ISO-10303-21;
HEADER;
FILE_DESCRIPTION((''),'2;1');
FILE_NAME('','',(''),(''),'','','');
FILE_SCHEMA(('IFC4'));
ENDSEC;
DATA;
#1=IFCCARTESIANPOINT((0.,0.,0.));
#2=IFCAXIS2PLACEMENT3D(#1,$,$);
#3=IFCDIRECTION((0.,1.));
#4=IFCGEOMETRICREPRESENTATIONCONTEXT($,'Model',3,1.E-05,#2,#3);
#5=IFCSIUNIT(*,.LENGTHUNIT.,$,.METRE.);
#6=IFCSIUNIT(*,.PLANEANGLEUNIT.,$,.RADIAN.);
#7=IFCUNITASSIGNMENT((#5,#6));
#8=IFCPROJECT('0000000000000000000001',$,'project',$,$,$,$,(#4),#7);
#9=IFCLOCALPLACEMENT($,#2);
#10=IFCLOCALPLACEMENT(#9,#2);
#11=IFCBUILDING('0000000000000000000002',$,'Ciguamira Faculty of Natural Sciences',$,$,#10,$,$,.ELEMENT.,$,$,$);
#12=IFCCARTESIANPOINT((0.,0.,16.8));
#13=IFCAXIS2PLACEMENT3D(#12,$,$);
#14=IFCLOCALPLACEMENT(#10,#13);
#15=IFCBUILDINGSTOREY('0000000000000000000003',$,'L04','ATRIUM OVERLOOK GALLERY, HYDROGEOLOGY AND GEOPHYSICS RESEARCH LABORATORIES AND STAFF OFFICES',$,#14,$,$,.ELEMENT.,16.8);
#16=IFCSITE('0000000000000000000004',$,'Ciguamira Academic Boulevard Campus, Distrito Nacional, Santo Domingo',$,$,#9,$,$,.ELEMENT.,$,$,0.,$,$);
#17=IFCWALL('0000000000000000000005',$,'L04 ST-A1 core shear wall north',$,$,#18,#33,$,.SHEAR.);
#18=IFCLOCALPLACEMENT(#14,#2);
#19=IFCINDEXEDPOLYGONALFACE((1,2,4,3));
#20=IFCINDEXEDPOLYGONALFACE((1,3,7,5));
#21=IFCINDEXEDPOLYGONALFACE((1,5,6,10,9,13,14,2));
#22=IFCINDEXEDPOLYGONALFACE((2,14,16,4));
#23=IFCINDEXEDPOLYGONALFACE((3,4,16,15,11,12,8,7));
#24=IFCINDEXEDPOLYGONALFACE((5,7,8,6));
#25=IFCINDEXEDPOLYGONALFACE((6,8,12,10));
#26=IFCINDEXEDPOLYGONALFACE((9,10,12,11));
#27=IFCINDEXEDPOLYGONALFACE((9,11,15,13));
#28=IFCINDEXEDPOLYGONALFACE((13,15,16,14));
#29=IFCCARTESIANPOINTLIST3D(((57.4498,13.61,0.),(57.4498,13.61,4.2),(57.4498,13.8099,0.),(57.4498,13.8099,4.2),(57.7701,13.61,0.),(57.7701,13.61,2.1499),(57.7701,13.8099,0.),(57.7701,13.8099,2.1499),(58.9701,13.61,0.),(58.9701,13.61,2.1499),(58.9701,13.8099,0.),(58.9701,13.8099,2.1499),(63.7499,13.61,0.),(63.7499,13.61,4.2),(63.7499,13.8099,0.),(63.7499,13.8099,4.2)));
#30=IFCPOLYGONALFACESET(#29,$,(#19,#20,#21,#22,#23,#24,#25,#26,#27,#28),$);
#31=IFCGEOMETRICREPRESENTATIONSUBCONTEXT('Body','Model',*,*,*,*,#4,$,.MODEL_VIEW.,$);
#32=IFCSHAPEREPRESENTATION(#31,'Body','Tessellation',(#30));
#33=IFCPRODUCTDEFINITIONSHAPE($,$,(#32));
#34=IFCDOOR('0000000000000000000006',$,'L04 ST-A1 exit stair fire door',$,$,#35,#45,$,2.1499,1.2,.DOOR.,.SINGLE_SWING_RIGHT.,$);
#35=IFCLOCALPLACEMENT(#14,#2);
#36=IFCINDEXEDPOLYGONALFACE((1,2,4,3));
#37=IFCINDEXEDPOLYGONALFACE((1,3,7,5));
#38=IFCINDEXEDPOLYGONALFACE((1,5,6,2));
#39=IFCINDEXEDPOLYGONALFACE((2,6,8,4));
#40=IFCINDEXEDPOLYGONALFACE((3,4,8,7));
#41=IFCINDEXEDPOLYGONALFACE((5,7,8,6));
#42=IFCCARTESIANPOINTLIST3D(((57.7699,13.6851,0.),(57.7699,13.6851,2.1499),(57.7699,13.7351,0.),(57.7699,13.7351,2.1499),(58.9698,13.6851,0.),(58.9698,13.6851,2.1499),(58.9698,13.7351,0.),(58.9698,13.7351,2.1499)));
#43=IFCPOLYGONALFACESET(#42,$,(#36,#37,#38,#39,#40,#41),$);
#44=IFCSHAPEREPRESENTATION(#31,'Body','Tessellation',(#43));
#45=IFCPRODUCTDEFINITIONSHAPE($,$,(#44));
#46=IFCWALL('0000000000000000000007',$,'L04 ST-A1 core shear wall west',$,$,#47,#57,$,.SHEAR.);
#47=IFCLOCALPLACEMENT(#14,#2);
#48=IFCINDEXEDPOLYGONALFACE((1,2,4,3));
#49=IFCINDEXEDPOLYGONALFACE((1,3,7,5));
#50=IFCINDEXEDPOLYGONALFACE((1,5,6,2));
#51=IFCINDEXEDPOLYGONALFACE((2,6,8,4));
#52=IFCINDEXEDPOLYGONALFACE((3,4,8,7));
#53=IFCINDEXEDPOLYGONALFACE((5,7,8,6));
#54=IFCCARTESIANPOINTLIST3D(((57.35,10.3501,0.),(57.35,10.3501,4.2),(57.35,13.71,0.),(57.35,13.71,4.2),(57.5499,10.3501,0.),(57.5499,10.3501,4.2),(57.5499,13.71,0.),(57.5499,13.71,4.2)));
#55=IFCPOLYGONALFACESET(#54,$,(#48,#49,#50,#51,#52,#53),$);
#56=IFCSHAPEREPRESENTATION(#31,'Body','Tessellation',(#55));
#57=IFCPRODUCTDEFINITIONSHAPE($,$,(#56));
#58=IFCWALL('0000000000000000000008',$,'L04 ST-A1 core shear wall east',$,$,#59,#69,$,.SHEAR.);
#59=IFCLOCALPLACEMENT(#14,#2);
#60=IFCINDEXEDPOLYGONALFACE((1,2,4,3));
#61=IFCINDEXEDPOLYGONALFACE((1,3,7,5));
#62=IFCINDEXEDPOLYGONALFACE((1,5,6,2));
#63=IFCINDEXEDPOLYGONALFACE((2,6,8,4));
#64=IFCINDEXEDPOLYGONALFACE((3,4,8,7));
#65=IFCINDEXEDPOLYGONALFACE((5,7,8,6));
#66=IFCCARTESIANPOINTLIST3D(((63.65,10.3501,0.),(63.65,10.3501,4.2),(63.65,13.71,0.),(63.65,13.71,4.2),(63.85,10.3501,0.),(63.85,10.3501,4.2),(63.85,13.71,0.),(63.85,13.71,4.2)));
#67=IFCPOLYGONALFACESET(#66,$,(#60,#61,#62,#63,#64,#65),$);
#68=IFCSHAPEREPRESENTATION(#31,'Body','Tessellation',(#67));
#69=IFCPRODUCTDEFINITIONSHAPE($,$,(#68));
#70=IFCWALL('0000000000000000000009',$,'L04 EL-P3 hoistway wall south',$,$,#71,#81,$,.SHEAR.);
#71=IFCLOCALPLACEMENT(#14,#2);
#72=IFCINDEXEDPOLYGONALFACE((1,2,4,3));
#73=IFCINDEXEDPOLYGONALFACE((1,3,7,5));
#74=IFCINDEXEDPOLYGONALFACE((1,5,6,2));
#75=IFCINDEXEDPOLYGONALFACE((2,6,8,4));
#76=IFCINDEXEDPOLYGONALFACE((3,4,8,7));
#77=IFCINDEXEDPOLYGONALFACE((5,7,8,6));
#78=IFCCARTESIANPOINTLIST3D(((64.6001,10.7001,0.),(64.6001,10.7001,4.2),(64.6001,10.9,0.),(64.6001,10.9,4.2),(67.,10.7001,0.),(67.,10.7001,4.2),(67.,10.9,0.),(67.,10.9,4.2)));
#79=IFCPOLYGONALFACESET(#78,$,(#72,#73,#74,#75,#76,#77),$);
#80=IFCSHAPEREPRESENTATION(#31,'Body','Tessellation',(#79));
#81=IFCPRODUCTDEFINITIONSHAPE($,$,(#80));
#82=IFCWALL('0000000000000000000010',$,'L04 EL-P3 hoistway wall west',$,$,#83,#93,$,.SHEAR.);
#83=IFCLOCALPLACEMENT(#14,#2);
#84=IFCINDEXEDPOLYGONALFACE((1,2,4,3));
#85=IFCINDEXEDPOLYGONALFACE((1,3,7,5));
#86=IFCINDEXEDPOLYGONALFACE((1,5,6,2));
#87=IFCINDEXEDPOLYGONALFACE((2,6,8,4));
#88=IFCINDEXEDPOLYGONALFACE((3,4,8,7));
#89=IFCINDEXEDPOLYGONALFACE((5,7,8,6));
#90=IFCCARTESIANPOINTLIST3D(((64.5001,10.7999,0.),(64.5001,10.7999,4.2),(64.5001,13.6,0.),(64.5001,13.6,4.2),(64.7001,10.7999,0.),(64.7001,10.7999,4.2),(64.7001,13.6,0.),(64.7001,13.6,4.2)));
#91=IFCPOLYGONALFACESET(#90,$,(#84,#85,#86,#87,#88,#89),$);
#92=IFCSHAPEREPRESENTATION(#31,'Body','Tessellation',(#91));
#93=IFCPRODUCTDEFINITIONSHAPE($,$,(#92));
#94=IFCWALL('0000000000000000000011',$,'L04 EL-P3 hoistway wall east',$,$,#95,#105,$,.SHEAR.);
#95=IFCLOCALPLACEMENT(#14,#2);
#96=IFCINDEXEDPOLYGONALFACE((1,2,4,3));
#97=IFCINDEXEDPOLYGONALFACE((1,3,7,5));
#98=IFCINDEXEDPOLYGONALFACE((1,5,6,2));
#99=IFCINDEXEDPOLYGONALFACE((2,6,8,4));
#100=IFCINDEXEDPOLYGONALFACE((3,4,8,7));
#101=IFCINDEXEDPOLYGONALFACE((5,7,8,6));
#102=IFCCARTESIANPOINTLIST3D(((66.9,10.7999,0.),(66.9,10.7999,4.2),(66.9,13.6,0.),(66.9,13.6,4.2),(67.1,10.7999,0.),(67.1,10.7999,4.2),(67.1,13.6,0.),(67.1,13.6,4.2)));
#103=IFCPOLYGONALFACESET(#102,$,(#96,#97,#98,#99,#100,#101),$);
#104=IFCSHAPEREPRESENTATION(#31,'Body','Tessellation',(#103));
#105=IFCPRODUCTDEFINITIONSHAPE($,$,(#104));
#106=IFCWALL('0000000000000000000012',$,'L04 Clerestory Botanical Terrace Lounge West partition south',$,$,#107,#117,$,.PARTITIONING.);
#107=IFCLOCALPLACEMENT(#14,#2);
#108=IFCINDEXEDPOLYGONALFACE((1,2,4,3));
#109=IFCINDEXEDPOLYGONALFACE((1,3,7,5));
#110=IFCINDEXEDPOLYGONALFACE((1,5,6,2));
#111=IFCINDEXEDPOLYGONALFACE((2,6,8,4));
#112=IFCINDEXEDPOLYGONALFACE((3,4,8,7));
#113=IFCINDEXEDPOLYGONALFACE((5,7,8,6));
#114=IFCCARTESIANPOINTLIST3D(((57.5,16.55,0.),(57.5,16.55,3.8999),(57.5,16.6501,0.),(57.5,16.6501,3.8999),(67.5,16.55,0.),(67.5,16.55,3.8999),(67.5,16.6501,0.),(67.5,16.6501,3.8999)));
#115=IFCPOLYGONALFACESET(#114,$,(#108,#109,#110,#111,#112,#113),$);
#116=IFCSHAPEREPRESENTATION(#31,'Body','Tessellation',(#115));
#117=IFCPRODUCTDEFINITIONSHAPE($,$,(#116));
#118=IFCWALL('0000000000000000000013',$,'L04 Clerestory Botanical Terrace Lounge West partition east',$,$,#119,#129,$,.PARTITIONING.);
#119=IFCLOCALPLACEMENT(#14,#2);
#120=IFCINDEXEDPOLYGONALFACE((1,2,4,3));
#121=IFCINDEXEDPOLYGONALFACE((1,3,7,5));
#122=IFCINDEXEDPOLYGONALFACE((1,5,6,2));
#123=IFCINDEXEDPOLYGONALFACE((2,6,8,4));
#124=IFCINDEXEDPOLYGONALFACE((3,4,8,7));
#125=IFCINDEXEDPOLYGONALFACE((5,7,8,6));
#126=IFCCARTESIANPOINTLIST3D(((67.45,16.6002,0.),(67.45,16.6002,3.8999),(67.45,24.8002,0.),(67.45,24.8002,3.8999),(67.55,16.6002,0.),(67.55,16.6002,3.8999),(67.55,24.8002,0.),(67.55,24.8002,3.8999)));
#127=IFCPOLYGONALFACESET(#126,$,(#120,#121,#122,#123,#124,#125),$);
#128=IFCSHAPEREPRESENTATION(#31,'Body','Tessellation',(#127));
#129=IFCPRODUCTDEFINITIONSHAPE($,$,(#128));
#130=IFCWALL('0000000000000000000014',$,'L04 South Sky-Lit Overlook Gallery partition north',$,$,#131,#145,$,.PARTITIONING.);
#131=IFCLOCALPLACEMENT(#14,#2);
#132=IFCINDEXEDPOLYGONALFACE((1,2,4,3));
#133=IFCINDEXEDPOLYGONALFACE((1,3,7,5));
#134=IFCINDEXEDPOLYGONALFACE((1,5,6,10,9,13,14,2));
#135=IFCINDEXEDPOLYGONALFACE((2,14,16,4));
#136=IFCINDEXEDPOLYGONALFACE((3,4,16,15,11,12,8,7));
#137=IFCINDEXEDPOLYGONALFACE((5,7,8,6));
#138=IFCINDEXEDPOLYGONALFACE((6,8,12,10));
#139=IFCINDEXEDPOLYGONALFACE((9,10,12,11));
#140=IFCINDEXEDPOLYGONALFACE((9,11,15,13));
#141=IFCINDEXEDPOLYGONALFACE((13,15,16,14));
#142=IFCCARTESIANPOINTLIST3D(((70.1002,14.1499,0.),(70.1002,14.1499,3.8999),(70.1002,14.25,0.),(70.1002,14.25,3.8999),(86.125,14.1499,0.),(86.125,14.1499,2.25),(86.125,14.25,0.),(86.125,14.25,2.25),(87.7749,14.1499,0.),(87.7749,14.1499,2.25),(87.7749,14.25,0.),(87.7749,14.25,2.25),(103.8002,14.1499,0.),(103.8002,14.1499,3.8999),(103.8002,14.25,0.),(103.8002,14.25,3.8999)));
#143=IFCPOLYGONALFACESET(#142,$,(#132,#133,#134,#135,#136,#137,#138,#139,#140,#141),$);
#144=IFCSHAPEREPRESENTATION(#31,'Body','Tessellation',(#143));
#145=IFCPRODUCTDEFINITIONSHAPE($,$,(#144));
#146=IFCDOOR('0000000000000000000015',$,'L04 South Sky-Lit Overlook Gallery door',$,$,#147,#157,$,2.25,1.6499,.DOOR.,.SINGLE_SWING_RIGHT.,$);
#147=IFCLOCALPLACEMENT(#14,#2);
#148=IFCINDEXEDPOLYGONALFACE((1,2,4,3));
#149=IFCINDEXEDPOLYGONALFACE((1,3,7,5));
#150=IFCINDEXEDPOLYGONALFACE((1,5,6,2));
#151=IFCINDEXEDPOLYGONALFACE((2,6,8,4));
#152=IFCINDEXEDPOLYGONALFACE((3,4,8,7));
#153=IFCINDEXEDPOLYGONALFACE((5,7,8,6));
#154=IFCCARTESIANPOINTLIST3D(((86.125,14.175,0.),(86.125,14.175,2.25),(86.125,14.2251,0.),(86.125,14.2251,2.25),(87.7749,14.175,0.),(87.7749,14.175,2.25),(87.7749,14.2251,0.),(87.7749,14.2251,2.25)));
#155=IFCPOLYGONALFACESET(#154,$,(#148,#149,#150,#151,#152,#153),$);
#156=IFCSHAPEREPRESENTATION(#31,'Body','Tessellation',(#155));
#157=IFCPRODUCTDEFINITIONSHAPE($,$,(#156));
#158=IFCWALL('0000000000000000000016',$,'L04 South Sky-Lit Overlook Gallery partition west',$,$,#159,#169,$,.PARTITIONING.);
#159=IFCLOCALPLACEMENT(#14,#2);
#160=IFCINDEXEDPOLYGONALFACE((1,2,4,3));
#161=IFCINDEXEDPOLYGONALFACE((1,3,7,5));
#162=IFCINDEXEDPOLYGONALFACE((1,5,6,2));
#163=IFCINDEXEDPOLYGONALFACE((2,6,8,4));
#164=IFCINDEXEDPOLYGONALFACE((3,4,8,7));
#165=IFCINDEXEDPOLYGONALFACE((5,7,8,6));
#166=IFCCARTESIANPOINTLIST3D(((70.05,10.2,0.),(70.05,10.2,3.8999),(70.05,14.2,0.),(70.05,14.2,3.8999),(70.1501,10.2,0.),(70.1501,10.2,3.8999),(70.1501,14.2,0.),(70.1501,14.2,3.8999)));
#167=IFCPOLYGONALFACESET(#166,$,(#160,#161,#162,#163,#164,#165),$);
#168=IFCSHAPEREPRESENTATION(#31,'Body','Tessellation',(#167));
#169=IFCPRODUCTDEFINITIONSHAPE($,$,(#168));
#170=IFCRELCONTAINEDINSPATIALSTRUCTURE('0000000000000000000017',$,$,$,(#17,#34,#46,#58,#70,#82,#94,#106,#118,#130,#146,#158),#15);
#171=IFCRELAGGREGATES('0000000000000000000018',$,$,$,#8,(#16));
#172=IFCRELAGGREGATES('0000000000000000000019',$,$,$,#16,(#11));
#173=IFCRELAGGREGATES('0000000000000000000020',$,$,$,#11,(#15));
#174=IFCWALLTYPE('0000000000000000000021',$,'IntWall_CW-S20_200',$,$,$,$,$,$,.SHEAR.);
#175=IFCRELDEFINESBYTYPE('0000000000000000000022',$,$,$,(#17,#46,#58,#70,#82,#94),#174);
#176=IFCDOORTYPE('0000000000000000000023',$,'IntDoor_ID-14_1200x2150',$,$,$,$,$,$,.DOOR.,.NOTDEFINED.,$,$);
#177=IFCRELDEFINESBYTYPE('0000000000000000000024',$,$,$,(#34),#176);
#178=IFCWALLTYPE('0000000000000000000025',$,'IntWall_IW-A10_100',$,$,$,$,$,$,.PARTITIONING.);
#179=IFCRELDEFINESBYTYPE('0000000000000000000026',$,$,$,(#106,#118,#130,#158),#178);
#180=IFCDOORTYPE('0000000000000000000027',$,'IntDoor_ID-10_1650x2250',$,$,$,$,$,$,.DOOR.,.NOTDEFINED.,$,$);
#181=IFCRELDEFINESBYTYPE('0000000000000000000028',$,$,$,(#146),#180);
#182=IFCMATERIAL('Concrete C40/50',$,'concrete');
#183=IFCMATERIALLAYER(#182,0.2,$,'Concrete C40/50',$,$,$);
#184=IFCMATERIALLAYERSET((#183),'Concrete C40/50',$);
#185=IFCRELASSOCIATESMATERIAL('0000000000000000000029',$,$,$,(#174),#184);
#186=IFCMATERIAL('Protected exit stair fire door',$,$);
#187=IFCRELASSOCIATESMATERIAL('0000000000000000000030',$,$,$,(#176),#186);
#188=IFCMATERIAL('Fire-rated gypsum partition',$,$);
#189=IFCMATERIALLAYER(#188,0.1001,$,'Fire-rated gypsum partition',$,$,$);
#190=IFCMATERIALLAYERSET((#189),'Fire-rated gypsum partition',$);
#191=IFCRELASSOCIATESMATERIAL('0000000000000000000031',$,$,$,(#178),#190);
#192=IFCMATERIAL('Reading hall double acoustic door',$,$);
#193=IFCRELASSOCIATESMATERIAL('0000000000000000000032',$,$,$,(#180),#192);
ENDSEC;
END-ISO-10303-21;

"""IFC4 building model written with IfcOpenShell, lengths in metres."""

from ifc_helpers import new_model, si_unit, direction, frame, frame_2d, origin, place, context, subcontext, project, spatial, rectangle, extrude, material, layer, layer_set, type_object, element, fill, save


model = new_model("IFC4")

# Units and contexts
model_context = context("Model", 3, precision=1e-05, world=origin(), true_north=direction((0.0, 1.0)))
body_context = subcontext(model_context, "Body", "Model", "MODEL_VIEW")
ifc_project = project(units=[si_unit("LENGTHUNIT", "METRE"), si_unit("PLANEANGLEUNIT", "RADIAN")], contexts=[model_context])

# Site, building, storey
site_placement = place(None, origin())
site = spatial("IfcSite", under=ifc_project, at=site_placement, Name="Ciguamira Academic Boulevard Campus, Distrito Nacional, Santo Domingo", CompositionType="ELEMENT", RefElevation=0.0)
building_placement = place(site_placement, origin())
building = spatial("IfcBuilding", under=site, at=building_placement, Name="Ciguamira Faculty of Natural Sciences", CompositionType="ELEMENT")
storey_placement = place(building_placement, frame((0.0, 0.0, 16.8)))
storey = spatial("IfcBuildingStorey", under=building, at=storey_placement, Name="L04", Description="ATRIUM OVERLOOK GALLERY, HYDROGEOLOGY AND GEOPHYSICS RESEARCH LABORATORIES AND STAFF OFFICES", CompositionType="ELEMENT", Elevation=16.8)

# Shared definitions
ifc_material_1 = material(Name="Concrete C40/50", Category="concrete")

# Shared definitions
ifc_layer_1 = layer(ifc_material_1, 0.2, Name="Concrete C40/50")
ifc_layer_set_1 = layer_set([ifc_layer_1], Name="Concrete C40/50")
wall_type_1 = type_object("IfcWallType", Name="IntWall_CW-S20_200", PredefinedType="SHEAR", material=ifc_layer_set_1)

# Wall, opening, door
wall_1_placement = place(storey_placement, frame((57.45, 13.71, 0.0), z_axis=(0.0, 0.0, 1.0), x_axis=(1.0, 0.0, 0.0)))
wall_1 = element("IfcWall", 1, at=wall_1_placement, inside=storey, type_object=wall_type_1, Name="L04 ST-A1 core shear wall north", PredefinedType="SHEAR", context=body_context, shape_type="SweptSolid", body=[
    extrude(rectangle(XDim=6.3, YDim=0.2, at=frame_2d((3.1499, 0.0))), origin(), (0.0, 0.0, 1.0), 4.2),
])
opening_1_placement = place(wall_1_placement, frame((0.3201, 0.0, 0.0)))
opening_1 = element("IfcOpeningElement", 2, at=opening_1_placement, cuts=wall_1, PredefinedType="OPENING", context=body_context, shape_type="SweptSolid", body=[
    extrude(rectangle(XDim=1.2, YDim=2.1499, at=frame_2d((0.6001, 1.075))), frame((0.0, 0.1099, 0.0), z_axis=(0.0, -1.0, 0.0), x_axis=(1.0, 0.0, 0.0)), (0.0, 0.0, 1.0), 0.22),
])
ifc_material_2 = material(Name="Protected exit stair fire door")
door_type_1 = type_object("IfcDoorType", Name="IntDoor_ID-14_1200x2150", OperationType="NOTDEFINED", PredefinedType="DOOR", material=ifc_material_2)
door_1_placement = place(opening_1_placement, frame((1.2, 0.0, 0.0), z_axis=(0.0, 0.0, 1.0), x_axis=(-1.0, 0.0, 0.0)))
door_1 = element("IfcDoor", 3, at=door_1_placement, inside=storey, type_object=door_type_1, Name="L04 ST-A1 exit stair fire door", OperationType="SINGLE_SWING_RIGHT", OverallHeight=2.1499, OverallWidth=1.2, PredefinedType="DOOR", context=body_context, shape_type="SweptSolid", body=[
    extrude(rectangle(XDim=1.2, YDim=2.1499, at=frame_2d((0.6001, 1.075))), frame((0.0, 0.0249, 0.0), z_axis=(0.0, -1.0, 0.0), x_axis=(1.0, 0.0, 0.0)), (0.0, 0.0, 1.0), 0.05),
])
fill(opening_1, door_1)

# Walls
for number, where, z_axis, x_axis, name in (
    (4, (57.45, 10.3501, 0.0), (0.0, 0.0, 1.0), (0.0, 1.0, 0.0), "L04 ST-A1 core shear wall west"),
    (5, (63.75, 10.3501, 0.0), (0.0, 0.0, 1.0), (0.0, 1.0, 0.0), "L04 ST-A1 core shear wall east"),
):
    element("IfcWall", number, at=place(storey_placement, frame(where, z_axis=z_axis, x_axis=x_axis)), inside=storey, type_object=wall_type_1, Name=name, PredefinedType="SHEAR", context=body_context, shape_type="SweptSolid", body=[
        extrude(rectangle(XDim=3.3599, YDim=0.2, at=frame_2d((1.6799, 0.0))), origin(), (0.0, 0.0, 1.0), 4.2),
    ])
wall_2_placement = place(storey_placement, frame((64.6001, 10.8, 0.0), z_axis=(0.0, 0.0, 1.0), x_axis=(1.0, 0.0, 0.0)))
element("IfcWall", 6, at=wall_2_placement, inside=storey, type_object=wall_type_1, Name="L04 EL-P3 hoistway wall south", PredefinedType="SHEAR", context=body_context, shape_type="SweptSolid", body=[
    extrude(rectangle(XDim=2.3999, YDim=0.2, at=frame_2d((1.2, 0.0))), origin(), (0.0, 0.0, 1.0), 4.2),
])

# Walls
for number, where, z_axis, x_axis, name in (
    (7, (64.6001, 10.8, 0.0), (0.0, 0.0, 1.0), (0.0, 1.0, 0.0), "L04 EL-P3 hoistway wall west"),
    (8, (67.0, 10.8, 0.0), (0.0, 0.0, 1.0), (0.0, 1.0, 0.0), "L04 EL-P3 hoistway wall east"),
):
    element("IfcWall", number, at=place(storey_placement, frame(where, z_axis=z_axis, x_axis=x_axis)), inside=storey, type_object=wall_type_1, Name=name, PredefinedType="SHEAR", context=body_context, shape_type="SweptSolid", body=[
        extrude(rectangle(XDim=2.8, YDim=0.2, at=frame_2d((1.3999, 0.0))), origin(), (0.0, 0.0, 1.0), 4.2),
    ])
ifc_material_3 = material(Name="Fire-rated gypsum partition")
ifc_layer_2 = layer(ifc_material_3, 0.1001, Name="Fire-rated gypsum partition")
ifc_layer_set_2 = layer_set([ifc_layer_2], Name="Fire-rated gypsum partition")
wall_type_2 = type_object("IfcWallType", Name="IntWall_IW-A10_100", PredefinedType="PARTITIONING", material=ifc_layer_set_2)
wall_3_placement = place(storey_placement, frame((57.5, 16.6001, 0.0), z_axis=(0.0, 0.0, 1.0), x_axis=(1.0, 0.0, 0.0)))
element("IfcWall", 9, at=wall_3_placement, inside=storey, type_object=wall_type_2, Name="L04 Clerestory Botanical Terrace Lounge West partition south", PredefinedType="PARTITIONING", context=body_context, shape_type="SweptSolid", body=[
    extrude(rectangle(XDim=10.0, YDim=0.1001, at=frame_2d((5.0, 0.0))), origin(), (0.0, 0.0, 1.0), 3.8999),
])
wall_4_placement = place(storey_placement, frame((67.5, 16.6001, 0.0), z_axis=(0.0, 0.0, 1.0), x_axis=(0.0, 1.0, 0.0)))
element("IfcWall", 10, at=wall_4_placement, inside=storey, type_object=wall_type_2, Name="L04 Clerestory Botanical Terrace Lounge West partition east", PredefinedType="PARTITIONING", context=body_context, shape_type="SweptSolid", body=[
    extrude(rectangle(XDim=8.2, YDim=0.1001, at=frame_2d((4.1001, 0.0))), origin(), (0.0, 0.0, 1.0), 3.8999),
])

# Wall, opening, door
wall_5_placement = place(storey_placement, frame((70.1001, 14.2, 0.0), z_axis=(0.0, 0.0, 1.0), x_axis=(1.0, 0.0, 0.0)))
wall_5 = element("IfcWall", 11, at=wall_5_placement, inside=storey, type_object=wall_type_2, Name="L04 South Sky-Lit Overlook Gallery partition north", PredefinedType="PARTITIONING", context=body_context, shape_type="SweptSolid", body=[
    extrude(rectangle(XDim=33.7, YDim=0.1001, at=frame_2d((16.8501, 0.0))), origin(), (0.0, 0.0, 1.0), 3.8999),
])
opening_2_placement = place(wall_5_placement, frame((16.0249, 0.0, 0.0)))
opening_2 = element("IfcOpeningElement", 12, at=opening_2_placement, cuts=wall_5, PredefinedType="OPENING", context=body_context, shape_type="SweptSolid", body=[
    extrude(rectangle(XDim=1.6499, YDim=2.25, at=frame_2d((0.825, 1.125))), frame((0.0, 0.0601, 0.0), z_axis=(0.0, -1.0, 0.0), x_axis=(1.0, 0.0, 0.0)), (0.0, 0.0, 1.0), 0.1201),
])
ifc_material_4 = material(Name="Reading hall double acoustic door")
door_type_2 = type_object("IfcDoorType", Name="IntDoor_ID-10_1650x2250", OperationType="NOTDEFINED", PredefinedType="DOOR", material=ifc_material_4)
door_2_placement = place(opening_2_placement, frame((1.6499, 0.0, 0.0), z_axis=(0.0, 0.0, 1.0), x_axis=(-1.0, 0.0, 0.0)))
door_2 = element("IfcDoor", 13, at=door_2_placement, inside=storey, type_object=door_type_2, Name="L04 South Sky-Lit Overlook Gallery door", OperationType="SINGLE_SWING_RIGHT", OverallHeight=2.25, OverallWidth=1.6499, PredefinedType="DOOR", context=body_context, shape_type="SweptSolid", body=[
    extrude(rectangle(XDim=1.6499, YDim=2.25, at=frame_2d((0.825, 1.125))), frame((0.0, 0.0249, 0.0), z_axis=(0.0, -1.0, 0.0), x_axis=(1.0, 0.0, 0.0)), (0.0, 0.0, 1.0), 0.05),
])
fill(opening_2, door_2)

# Wall
wall_6_placement = place(storey_placement, frame((70.1001, 10.2, 0.0), z_axis=(0.0, 0.0, 1.0), x_axis=(0.0, 1.0, 0.0)))
element("IfcWall", 14, at=wall_6_placement, inside=storey, type_object=wall_type_2, Name="L04 South Sky-Lit Overlook Gallery partition west", PredefinedType="PARTITIONING", context=body_context, shape_type="SweptSolid", body=[
    extrude(rectangle(XDim=4.0, YDim=0.1001, at=frame_2d((2.0, 0.0))), origin(), (0.0, 0.0, 1.0), 3.8999),
])

save(model, "model.ifc")
